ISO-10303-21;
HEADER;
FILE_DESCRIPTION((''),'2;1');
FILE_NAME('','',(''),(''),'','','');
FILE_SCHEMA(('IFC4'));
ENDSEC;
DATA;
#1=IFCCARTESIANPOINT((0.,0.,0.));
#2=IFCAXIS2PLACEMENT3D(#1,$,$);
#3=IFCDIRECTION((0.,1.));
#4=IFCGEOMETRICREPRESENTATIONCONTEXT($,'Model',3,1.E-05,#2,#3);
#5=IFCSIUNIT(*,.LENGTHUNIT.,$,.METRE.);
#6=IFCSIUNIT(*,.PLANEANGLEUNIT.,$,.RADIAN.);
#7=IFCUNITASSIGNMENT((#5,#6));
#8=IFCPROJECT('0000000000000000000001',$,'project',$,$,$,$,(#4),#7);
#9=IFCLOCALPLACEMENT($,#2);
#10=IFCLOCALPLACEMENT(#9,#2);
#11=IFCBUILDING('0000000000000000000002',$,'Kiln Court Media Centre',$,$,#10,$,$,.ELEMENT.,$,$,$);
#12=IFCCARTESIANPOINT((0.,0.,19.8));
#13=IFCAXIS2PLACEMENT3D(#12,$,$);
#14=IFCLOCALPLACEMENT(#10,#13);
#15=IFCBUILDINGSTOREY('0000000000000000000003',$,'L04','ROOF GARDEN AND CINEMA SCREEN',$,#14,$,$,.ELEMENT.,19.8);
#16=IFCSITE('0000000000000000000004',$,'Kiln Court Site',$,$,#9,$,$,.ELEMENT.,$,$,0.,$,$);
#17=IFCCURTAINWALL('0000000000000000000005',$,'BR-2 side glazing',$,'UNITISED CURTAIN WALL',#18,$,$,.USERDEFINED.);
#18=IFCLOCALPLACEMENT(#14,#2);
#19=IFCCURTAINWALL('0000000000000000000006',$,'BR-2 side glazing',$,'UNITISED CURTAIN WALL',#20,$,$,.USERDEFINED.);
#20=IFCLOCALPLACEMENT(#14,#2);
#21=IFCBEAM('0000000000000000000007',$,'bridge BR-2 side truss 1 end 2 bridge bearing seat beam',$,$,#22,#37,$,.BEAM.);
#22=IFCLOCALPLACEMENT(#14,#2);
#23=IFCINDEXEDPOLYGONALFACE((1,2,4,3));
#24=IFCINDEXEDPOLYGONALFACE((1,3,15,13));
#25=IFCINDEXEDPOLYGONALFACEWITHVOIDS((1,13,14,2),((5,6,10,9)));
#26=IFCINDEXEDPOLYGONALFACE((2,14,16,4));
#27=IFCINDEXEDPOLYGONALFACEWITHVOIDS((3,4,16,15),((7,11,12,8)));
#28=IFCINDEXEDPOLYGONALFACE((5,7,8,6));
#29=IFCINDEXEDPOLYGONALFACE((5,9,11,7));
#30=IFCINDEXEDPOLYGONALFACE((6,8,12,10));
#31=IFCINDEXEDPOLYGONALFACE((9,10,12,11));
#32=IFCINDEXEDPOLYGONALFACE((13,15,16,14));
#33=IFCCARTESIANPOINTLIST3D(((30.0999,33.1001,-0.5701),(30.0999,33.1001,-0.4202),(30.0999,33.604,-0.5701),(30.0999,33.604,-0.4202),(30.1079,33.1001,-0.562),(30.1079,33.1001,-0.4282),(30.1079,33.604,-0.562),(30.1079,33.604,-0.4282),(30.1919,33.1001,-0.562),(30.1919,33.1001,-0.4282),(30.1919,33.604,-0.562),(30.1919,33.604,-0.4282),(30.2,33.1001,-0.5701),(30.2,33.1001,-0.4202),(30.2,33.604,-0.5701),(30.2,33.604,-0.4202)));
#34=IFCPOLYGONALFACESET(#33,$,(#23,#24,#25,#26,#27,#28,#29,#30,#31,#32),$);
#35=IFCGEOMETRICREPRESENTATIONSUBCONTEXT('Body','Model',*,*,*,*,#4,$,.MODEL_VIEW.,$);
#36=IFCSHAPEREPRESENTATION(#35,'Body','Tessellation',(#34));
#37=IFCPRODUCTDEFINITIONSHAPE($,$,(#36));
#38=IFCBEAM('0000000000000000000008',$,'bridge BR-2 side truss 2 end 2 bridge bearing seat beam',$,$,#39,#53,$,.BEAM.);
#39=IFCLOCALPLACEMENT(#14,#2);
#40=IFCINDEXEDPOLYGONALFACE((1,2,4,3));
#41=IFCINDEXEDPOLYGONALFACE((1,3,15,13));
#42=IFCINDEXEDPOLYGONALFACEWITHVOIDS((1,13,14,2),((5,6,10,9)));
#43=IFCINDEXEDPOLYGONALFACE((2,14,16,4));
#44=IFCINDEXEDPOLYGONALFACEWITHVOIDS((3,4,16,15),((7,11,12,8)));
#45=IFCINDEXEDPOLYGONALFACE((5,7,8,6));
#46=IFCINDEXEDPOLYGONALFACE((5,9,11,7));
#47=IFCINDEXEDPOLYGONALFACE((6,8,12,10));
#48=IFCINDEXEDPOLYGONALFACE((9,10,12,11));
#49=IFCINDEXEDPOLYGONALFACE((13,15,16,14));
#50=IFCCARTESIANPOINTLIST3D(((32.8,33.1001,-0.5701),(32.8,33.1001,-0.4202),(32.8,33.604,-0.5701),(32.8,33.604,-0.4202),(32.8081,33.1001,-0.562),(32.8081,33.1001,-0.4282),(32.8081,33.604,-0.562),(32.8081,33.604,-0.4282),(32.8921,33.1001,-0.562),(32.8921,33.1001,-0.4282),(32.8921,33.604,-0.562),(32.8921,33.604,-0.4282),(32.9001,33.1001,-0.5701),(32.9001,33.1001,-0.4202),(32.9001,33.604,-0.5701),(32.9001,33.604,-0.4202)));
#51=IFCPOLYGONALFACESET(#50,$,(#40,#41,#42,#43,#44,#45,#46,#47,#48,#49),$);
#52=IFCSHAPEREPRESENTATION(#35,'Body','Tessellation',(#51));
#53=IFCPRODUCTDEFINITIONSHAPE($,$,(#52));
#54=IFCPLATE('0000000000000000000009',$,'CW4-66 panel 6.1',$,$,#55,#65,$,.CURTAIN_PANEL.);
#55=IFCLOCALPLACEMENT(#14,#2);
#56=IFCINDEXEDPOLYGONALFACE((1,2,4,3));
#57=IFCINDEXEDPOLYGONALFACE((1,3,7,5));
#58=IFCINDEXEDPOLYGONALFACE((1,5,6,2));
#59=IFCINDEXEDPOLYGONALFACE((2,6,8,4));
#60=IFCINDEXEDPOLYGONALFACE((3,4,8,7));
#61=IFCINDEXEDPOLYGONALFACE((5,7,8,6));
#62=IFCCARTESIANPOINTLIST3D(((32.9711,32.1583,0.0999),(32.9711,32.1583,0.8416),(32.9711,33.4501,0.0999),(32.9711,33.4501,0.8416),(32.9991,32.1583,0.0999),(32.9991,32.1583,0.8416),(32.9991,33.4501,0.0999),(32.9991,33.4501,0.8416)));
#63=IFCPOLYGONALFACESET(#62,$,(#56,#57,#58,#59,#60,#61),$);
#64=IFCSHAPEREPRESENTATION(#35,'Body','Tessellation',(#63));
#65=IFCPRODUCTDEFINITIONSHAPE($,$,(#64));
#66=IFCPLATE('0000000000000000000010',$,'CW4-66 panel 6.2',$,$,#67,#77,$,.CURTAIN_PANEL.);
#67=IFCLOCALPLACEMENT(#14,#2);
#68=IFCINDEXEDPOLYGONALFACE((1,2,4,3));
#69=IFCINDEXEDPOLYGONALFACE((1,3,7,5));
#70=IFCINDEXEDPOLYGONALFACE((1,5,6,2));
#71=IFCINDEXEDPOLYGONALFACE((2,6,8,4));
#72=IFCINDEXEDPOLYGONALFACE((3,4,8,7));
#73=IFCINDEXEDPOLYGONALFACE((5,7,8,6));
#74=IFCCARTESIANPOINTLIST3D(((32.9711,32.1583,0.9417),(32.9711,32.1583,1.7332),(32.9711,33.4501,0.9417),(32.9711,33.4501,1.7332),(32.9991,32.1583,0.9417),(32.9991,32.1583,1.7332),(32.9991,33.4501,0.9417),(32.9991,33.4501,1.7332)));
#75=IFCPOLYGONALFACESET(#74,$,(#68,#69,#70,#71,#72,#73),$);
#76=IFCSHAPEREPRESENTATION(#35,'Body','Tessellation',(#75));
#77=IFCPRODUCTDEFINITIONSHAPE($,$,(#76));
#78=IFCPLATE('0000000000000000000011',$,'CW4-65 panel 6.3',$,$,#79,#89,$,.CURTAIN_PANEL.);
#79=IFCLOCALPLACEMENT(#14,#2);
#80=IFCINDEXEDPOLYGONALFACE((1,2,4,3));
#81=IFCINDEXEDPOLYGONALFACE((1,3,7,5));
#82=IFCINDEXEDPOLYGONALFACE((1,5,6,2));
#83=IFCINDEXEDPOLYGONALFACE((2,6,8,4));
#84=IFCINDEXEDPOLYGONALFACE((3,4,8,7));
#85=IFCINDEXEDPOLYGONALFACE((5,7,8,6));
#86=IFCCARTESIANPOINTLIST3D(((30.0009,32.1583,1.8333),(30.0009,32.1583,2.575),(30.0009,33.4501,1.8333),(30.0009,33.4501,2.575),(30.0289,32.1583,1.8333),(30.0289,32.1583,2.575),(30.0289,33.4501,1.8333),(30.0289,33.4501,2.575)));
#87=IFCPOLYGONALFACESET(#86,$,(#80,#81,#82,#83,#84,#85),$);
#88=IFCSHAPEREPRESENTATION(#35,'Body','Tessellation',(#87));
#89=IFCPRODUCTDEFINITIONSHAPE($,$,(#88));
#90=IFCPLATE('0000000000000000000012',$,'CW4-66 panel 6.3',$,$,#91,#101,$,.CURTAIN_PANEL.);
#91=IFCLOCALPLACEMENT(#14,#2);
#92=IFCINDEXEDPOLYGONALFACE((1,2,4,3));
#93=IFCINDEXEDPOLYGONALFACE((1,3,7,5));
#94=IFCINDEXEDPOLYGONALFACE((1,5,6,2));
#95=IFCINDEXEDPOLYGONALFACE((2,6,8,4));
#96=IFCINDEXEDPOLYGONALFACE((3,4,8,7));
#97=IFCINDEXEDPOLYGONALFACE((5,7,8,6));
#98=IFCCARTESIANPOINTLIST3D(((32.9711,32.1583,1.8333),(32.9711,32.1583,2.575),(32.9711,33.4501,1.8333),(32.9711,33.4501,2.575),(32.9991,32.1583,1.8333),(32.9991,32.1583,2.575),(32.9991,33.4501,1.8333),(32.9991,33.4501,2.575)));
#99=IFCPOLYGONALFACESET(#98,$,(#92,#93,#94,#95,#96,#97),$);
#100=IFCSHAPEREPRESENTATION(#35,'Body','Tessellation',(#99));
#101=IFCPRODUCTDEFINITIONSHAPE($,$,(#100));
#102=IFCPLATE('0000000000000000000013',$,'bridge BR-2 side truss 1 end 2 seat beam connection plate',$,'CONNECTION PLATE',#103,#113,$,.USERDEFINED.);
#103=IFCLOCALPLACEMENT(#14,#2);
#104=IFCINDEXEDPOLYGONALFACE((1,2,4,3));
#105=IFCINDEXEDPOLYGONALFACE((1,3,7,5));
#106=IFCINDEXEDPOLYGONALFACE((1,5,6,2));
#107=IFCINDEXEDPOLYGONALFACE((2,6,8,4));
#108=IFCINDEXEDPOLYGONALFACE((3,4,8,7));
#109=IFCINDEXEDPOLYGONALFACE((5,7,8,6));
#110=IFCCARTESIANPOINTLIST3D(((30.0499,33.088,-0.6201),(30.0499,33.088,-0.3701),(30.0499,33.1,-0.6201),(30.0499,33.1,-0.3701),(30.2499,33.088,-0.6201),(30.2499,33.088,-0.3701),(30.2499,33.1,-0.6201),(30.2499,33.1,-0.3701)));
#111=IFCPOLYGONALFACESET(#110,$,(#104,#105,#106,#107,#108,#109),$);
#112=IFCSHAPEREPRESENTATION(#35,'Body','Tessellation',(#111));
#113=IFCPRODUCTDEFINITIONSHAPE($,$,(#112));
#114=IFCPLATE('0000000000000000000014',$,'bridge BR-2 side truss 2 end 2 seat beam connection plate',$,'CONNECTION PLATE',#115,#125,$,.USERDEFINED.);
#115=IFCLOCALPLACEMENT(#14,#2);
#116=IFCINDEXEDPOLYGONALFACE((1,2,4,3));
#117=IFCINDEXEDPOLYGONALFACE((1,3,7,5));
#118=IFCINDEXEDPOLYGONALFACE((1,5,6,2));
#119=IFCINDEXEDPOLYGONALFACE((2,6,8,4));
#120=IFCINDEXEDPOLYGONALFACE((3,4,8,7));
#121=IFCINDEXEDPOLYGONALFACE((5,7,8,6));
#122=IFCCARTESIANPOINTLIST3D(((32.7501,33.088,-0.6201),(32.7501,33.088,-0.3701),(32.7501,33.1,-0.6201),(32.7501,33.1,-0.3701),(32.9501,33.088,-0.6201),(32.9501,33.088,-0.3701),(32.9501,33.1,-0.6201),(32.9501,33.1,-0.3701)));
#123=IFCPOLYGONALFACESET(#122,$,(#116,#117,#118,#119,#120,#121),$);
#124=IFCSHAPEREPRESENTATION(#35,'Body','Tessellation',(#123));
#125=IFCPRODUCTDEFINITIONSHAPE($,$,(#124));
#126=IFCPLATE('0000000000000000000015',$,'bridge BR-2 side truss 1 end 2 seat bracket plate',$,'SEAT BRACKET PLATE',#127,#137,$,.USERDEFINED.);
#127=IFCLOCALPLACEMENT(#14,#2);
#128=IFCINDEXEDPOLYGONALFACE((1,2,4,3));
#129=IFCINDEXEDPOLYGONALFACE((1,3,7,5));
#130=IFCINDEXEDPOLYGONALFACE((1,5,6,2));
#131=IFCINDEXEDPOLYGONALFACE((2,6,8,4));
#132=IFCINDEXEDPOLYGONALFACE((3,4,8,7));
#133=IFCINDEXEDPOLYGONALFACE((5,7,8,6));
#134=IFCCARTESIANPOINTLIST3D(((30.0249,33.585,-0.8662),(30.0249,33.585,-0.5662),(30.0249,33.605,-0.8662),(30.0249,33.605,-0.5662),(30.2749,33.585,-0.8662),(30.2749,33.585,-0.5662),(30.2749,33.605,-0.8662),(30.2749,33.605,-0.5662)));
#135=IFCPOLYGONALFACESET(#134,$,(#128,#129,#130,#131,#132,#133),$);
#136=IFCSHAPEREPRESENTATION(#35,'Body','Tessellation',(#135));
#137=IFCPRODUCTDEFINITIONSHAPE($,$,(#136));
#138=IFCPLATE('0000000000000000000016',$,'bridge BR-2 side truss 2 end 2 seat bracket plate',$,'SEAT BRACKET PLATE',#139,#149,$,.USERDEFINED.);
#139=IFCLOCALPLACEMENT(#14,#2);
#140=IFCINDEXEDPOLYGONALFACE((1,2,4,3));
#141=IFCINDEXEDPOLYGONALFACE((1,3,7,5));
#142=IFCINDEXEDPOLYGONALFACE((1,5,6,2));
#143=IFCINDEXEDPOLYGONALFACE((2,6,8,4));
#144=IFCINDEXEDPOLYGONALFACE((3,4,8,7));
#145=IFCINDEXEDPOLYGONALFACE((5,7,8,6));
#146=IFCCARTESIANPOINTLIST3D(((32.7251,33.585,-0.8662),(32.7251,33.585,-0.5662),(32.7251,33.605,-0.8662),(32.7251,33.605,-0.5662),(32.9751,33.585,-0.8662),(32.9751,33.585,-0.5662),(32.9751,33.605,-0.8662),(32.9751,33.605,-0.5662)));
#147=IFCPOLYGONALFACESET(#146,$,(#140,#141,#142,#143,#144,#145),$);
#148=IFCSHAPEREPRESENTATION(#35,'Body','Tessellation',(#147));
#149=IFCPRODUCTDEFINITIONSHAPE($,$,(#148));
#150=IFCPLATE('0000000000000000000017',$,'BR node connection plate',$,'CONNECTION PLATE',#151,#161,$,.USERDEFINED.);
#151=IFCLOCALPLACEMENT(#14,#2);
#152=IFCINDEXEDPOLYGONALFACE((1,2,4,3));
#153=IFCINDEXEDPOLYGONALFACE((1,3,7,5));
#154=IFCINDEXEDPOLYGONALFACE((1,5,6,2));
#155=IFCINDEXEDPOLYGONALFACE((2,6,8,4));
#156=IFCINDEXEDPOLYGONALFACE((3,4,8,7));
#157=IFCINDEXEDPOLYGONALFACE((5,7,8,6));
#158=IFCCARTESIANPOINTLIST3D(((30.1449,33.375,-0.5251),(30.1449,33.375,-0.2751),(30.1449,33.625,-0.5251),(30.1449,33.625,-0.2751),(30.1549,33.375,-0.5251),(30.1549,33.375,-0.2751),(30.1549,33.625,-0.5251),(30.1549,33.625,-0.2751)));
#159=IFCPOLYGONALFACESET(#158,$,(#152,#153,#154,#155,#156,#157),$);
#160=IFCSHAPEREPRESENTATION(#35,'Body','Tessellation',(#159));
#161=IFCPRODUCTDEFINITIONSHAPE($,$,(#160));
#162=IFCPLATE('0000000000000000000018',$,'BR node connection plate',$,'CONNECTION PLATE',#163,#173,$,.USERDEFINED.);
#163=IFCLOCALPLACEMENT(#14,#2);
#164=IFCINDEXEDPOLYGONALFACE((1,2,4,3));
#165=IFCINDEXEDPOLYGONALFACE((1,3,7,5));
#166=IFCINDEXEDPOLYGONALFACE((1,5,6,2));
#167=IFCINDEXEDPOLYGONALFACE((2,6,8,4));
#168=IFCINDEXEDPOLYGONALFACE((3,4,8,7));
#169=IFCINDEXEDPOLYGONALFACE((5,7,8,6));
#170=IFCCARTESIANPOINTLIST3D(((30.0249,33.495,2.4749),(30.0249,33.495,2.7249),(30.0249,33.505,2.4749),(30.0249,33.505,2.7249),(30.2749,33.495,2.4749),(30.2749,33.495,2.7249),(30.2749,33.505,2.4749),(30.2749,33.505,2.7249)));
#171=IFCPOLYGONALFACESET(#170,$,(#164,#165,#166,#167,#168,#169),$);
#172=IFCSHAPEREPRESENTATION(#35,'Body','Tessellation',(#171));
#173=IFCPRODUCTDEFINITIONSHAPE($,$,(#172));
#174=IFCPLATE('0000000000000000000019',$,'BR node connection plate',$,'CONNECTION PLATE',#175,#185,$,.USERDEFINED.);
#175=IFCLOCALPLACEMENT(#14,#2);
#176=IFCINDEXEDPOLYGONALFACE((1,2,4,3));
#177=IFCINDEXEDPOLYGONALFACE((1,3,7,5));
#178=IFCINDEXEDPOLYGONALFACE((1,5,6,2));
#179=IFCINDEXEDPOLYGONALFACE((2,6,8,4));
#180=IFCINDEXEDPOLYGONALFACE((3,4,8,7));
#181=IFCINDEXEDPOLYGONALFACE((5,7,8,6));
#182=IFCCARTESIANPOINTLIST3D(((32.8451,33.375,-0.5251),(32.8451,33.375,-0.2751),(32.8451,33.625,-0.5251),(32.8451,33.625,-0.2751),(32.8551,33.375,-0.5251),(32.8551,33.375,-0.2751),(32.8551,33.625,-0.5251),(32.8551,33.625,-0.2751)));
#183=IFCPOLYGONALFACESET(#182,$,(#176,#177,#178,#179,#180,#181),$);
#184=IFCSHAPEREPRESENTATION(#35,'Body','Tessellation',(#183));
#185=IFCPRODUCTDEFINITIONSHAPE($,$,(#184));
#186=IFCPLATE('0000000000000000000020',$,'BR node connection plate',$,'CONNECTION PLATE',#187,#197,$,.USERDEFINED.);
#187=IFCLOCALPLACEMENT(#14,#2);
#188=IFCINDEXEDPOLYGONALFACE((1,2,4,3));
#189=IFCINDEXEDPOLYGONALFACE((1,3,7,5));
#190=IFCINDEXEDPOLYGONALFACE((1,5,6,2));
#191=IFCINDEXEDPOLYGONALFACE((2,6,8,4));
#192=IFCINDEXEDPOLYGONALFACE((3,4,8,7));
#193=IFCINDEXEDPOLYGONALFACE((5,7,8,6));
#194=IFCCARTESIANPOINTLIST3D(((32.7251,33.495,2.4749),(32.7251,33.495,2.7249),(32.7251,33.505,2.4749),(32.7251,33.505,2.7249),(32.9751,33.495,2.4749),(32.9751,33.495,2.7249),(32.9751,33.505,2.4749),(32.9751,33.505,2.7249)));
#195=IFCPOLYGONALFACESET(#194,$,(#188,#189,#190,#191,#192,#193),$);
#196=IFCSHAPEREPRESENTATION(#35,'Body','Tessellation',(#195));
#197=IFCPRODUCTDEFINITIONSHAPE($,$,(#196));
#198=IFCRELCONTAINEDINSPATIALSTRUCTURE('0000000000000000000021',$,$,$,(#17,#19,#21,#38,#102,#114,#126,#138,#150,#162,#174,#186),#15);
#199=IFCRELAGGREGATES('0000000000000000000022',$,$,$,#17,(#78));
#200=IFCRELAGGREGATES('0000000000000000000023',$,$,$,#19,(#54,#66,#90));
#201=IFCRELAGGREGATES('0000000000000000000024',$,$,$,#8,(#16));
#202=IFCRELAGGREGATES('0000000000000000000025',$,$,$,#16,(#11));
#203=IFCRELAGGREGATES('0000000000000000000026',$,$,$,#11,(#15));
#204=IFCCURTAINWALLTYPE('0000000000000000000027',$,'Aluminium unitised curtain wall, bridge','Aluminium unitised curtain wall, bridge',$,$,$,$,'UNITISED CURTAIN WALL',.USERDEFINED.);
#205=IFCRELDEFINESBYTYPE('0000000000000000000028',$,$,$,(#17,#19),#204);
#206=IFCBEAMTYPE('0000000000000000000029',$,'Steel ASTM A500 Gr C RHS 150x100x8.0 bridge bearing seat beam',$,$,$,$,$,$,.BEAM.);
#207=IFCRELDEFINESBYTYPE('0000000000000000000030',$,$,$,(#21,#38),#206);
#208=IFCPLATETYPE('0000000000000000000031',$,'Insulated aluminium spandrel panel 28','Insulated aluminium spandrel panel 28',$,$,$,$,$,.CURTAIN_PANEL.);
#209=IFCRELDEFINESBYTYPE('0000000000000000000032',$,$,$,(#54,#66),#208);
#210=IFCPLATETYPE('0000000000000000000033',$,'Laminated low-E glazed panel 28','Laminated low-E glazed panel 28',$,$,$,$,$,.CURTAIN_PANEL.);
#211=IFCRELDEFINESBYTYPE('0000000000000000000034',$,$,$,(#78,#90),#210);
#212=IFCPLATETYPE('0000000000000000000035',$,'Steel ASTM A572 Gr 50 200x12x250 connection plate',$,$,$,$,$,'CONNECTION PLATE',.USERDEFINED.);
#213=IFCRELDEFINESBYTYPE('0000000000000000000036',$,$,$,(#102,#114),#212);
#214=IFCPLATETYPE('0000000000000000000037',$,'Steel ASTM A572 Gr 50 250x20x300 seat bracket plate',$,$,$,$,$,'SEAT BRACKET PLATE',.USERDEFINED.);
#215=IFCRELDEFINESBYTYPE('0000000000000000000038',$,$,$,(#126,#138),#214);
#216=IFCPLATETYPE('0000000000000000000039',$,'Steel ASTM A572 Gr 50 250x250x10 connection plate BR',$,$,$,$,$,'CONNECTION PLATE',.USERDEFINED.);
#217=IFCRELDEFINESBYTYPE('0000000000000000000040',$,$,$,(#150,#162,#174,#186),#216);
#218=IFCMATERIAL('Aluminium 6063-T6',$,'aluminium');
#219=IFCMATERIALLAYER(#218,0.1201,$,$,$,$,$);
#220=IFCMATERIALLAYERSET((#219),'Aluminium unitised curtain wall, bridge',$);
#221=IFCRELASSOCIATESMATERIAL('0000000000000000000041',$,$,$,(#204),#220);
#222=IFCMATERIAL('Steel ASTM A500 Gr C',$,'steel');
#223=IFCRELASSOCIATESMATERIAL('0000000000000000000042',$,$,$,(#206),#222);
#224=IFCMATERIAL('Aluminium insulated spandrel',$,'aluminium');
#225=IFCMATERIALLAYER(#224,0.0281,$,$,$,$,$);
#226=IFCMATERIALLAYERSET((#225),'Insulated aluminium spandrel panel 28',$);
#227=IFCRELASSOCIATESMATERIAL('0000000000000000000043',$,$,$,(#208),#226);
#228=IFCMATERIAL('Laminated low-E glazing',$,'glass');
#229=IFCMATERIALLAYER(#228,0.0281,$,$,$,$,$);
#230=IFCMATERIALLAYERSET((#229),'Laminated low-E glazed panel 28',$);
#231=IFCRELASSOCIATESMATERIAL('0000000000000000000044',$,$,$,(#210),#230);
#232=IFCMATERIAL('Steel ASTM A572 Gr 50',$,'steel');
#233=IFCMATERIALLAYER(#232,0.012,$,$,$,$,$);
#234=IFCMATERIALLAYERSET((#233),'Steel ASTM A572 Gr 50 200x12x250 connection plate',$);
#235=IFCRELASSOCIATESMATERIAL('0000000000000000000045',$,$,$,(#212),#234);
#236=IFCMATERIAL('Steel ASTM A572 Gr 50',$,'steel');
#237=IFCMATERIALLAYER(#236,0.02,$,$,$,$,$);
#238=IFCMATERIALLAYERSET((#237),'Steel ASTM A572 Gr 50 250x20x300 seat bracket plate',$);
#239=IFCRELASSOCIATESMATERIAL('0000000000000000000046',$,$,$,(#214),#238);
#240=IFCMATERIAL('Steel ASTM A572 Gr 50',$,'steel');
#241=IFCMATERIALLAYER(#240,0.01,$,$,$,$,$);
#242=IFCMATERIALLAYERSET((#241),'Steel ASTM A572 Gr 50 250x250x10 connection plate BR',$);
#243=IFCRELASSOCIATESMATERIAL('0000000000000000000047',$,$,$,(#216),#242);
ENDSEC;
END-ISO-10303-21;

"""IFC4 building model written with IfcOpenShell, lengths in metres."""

from ifc_helpers import new_model, si_unit, direction, frame, origin, origin_2d, place, context, subcontext, project, spatial, rectangle, hollow_rectangle, extrude, material, layer, layer_set, material_profile, profile_set, type_object, element, aggregate, save


model = new_model("IFC4")

# Units and contexts
model_context = context("Model", 3, precision=1e-05, world=origin(), true_north=direction((0.0, 1.0)))
body_context = subcontext(model_context, "Body", "Model", "MODEL_VIEW")
ifc_project = project(units=[si_unit("LENGTHUNIT", "METRE"), si_unit("PLANEANGLEUNIT", "RADIAN")], contexts=[model_context])

# Site, building, storey
site_placement = place(None, origin())
site = spatial("IfcSite", under=ifc_project, at=site_placement, Name="Kiln Court Site", CompositionType="ELEMENT", RefElevation=0.0)
building_placement = place(site_placement, origin())
building = spatial("IfcBuilding", under=site, at=building_placement, Name="Kiln Court Media Centre", CompositionType="ELEMENT")
storey_placement = place(building_placement, frame((0.0, 0.0, 19.8)))
storey = spatial("IfcBuildingStorey", under=building, at=storey_placement, Name="L04", Description="ROOF GARDEN AND CINEMA SCREEN", CompositionType="ELEMENT", Elevation=19.8)

# Curtain wall
ifc_material_1 = material(Name="Aluminium 6063-T6", Category="aluminium")
ifc_layer_1 = layer(ifc_material_1, 0.1201)
ifc_layer_set_1 = layer_set([ifc_layer_1], Name="Aluminium unitised curtain wall, bridge")
curtain_wall_type_1 = type_object("IfcCurtainWallType", Name="Aluminium unitised curtain wall, bridge", Description="Aluminium unitised curtain wall, bridge", ElementType="UNITISED CURTAIN WALL", PredefinedType="USERDEFINED", material=ifc_layer_set_1)
curtain_wall_1_placement = place(storey_placement, origin())
curtain_wall_1 = element("IfcCurtainWall", 1, at=curtain_wall_1_placement, inside=storey, type_object=curtain_wall_type_1, Name="BR-2 side glazing", ObjectType="UNITISED CURTAIN WALL", PredefinedType="USERDEFINED")

# Curtain wall
curtain_wall_2_placement = place(storey_placement, origin())
curtain_wall_2 = element("IfcCurtainWall", 2, at=curtain_wall_2_placement, inside=storey, type_object=curtain_wall_type_1, Name="BR-2 side glazing", ObjectType="UNITISED CURTAIN WALL", PredefinedType="USERDEFINED")

# Beams
ifc_material_2 = material(Name="Steel ASTM A500 Gr C", Category="steel")
ifc_material_profile_1 = material_profile(ifc_material_2, hollow_rectangle(XDim=0.1001, YDim=0.1499, WallThickness=0.0081, at=origin_2d()), Name="RHS 150x100x8.0")
ifc_profile_set_1 = profile_set([ifc_material_profile_1], Name="Steel ASTM A500 Gr C")
beam_type_1 = type_object("IfcBeamType", Name="Steel ASTM A500 Gr C RHS 150x100x8.0 bridge bearing seat beam", PredefinedType="BEAM", material=ifc_profile_set_1)
for number, where, z_axis, x_axis, name in (
    (3, (30.1499, 33.604, -0.4951), (0.0, -1.0, 0.0), (1.0, 0.0, 0.0), "bridge BR-2 side truss 1 end 2 bridge bearing seat beam"),
    (4, (32.8501, 33.604, -0.4951), (0.0, -1.0, 0.0), (1.0, 0.0, 0.0), "bridge BR-2 side truss 2 end 2 bridge bearing seat beam"),
):
    element("IfcBeam", number, at=place(storey_placement, frame(where, z_axis=z_axis, x_axis=x_axis)), inside=storey, type_object=beam_type_1, Name=name, PredefinedType="BEAM", context=body_context, shape_type="SweptSolid", body=[
        extrude(hollow_rectangle(XDim=0.1001, YDim=0.1499, WallThickness=0.0081, at=origin_2d()), origin(), (0.0, 0.0, 1.0), 0.5039),
    ])

# Plates
ifc_material_3 = material(Name="Aluminium insulated spandrel", Category="aluminium")
ifc_layer_2 = layer(ifc_material_3, 0.0281)
ifc_layer_set_2 = layer_set([ifc_layer_2], Name="Insulated aluminium spandrel panel 28")
plate_type_1 = type_object("IfcPlateType", Name="Insulated aluminium spandrel panel 28", Description="Insulated aluminium spandrel panel 28", PredefinedType="CURTAIN_PANEL", material=ifc_layer_set_2)
plate_1_placement = place(storey_placement, frame((32.9851, 32.8042, 0.0999), z_axis=(0.0, 0.0, 1.0), x_axis=(0.0, 1.0, 0.0)))
plate_1 = element("IfcPlate", 5, at=plate_1_placement, type_object=plate_type_1, Name="CW4-66 panel 6.1", PredefinedType="CURTAIN_PANEL", context=body_context, shape_type="SweptSolid", body=[
    extrude(rectangle(XDim=1.2917, YDim=0.0281, at=origin_2d()), origin(), (0.0, 0.0, 1.0), 0.7417),
])
plate_2_placement = place(storey_placement, frame((32.9851, 32.8042, 0.9417), z_axis=(0.0, 0.0, 1.0), x_axis=(0.0, 1.0, 0.0)))
plate_2 = element("IfcPlate", 6, at=plate_2_placement, type_object=plate_type_1, Name="CW4-66 panel 6.2", PredefinedType="CURTAIN_PANEL", context=body_context, shape_type="SweptSolid", body=[
    extrude(rectangle(XDim=1.2917, YDim=0.0281, at=origin_2d()), origin(), (0.0, 0.0, 1.0), 0.7915),
])
ifc_material_4 = material(Name="Laminated low-E glazing", Category="glass")
ifc_layer_3 = layer(ifc_material_4, 0.0281)
ifc_layer_set_3 = layer_set([ifc_layer_3], Name="Laminated low-E glazed panel 28")
plate_type_2 = type_object("IfcPlateType", Name="Laminated low-E glazed panel 28", Description="Laminated low-E glazed panel 28", PredefinedType="CURTAIN_PANEL", material=ifc_layer_set_3)
plate_3_placement = place(storey_placement, frame((30.0149, 32.8042, 1.8333), z_axis=(0.0, 0.0, 1.0), x_axis=(0.0, 1.0, 0.0)))
plate_3 = element("IfcPlate", 7, at=plate_3_placement, type_object=plate_type_2, Name="CW4-65 panel 6.3", PredefinedType="CURTAIN_PANEL", context=body_context, shape_type="SweptSolid", body=[
    extrude(rectangle(XDim=1.2917, YDim=0.0281, at=origin_2d()), origin(), (0.0, 0.0, 1.0), 0.7417),
])
aggregate(curtain_wall_1, [plate_3])
plate_4_placement = place(storey_placement, frame((32.9851, 32.8042, 1.8333), z_axis=(0.0, 0.0, 1.0), x_axis=(0.0, 1.0, 0.0)))
plate_4 = element("IfcPlate", 8, at=plate_4_placement, type_object=plate_type_2, Name="CW4-66 panel 6.3", PredefinedType="CURTAIN_PANEL", context=body_context, shape_type="SweptSolid", body=[
    extrude(rectangle(XDim=1.2917, YDim=0.0281, at=origin_2d()), origin(), (0.0, 0.0, 1.0), 0.7417),
])
aggregate(curtain_wall_2, [plate_1, plate_2, plate_4])

# Plates
ifc_material_5 = material(Name="Steel ASTM A572 Gr 50", Category="steel")
ifc_layer_4 = layer(ifc_material_5, 0.012)
ifc_layer_set_4 = layer_set([ifc_layer_4], Name="Steel ASTM A572 Gr 50 200x12x250 connection plate")
plate_type_3 = type_object("IfcPlateType", Name="Steel ASTM A572 Gr 50 200x12x250 connection plate", ElementType="CONNECTION PLATE", PredefinedType="USERDEFINED", material=ifc_layer_set_4)
for number, where, z_axis, x_axis, name in (
    (9, (30.1499, 33.094, -0.6201), (0.0, 0.0, 1.0), (1.0, 0.0, 0.0), "bridge BR-2 side truss 1 end 2 seat beam connection plate"),
    (10, (32.8501, 33.094, -0.6201), (0.0, 0.0, 1.0), (1.0, 0.0, 0.0), "bridge BR-2 side truss 2 end 2 seat beam connection plate"),
):
    element("IfcPlate", number, at=place(storey_placement, frame(where, z_axis=z_axis, x_axis=x_axis)), inside=storey, type_object=plate_type_3, Name=name, ObjectType="CONNECTION PLATE", PredefinedType="USERDEFINED", context=body_context, shape_type="SweptSolid", body=[
        extrude(rectangle(XDim=0.2, YDim=0.012, at=origin_2d()), origin(), (0.0, 0.0, 1.0), 0.25),
    ])
ifc_material_6 = material(Name="Steel ASTM A572 Gr 50", Category="steel")
ifc_layer_5 = layer(ifc_material_6, 0.02)
ifc_layer_set_5 = layer_set([ifc_layer_5], Name="Steel ASTM A572 Gr 50 250x20x300 seat bracket plate")
plate_type_4 = type_object("IfcPlateType", Name="Steel ASTM A572 Gr 50 250x20x300 seat bracket plate", ElementType="SEAT BRACKET PLATE", PredefinedType="USERDEFINED", material=ifc_layer_set_5)
for number, where, z_axis, x_axis, name in (
    (11, (30.1499, 33.595, -0.8662), (0.0, 0.0, 1.0), (1.0, 0.0, 0.0), "bridge BR-2 side truss 1 end 2 seat bracket plate"),
    (12, (32.8501, 33.595, -0.8662), (0.0, 0.0, 1.0), (1.0, 0.0, 0.0), "bridge BR-2 side truss 2 end 2 seat bracket plate"),
):
    element("IfcPlate", number, at=place(storey_placement, frame(where, z_axis=z_axis, x_axis=x_axis)), inside=storey, type_object=plate_type_4, Name=name, ObjectType="SEAT BRACKET PLATE", PredefinedType="USERDEFINED", context=body_context, shape_type="SweptSolid", body=[
        extrude(rectangle(XDim=0.25, YDim=0.02, at=origin_2d()), origin(), (0.0, 0.0, 1.0), 0.3),
    ])
ifc_material_7 = material(Name="Steel ASTM A572 Gr 50", Category="steel")
ifc_layer_6 = layer(ifc_material_7, 0.01)
ifc_layer_set_6 = layer_set([ifc_layer_6], Name="Steel ASTM A572 Gr 50 250x250x10 connection plate BR")
plate_type_5 = type_object("IfcPlateType", Name="Steel ASTM A572 Gr 50 250x250x10 connection plate BR", ElementType="CONNECTION PLATE", PredefinedType="USERDEFINED", material=ifc_layer_set_6)
plate_5_placement = place(storey_placement, frame((30.1499, 33.5, -0.5251), z_axis=(0.0, 0.0, 1.0), x_axis=(1.0, 0.0, 0.0)))
element("IfcPlate", 13, at=plate_5_placement, inside=storey, type_object=plate_type_5, Name="BR node connection plate", ObjectType="CONNECTION PLATE", PredefinedType="USERDEFINED", context=body_context, shape_type="SweptSolid", body=[
    extrude(rectangle(XDim=0.01, YDim=0.25, at=origin_2d()), origin(), (0.0, 0.0, 1.0), 0.25),
])
plate_6_placement = place(storey_placement, frame((30.1499, 33.5, 2.4749), z_axis=(0.0, 0.0, 1.0), x_axis=(1.0, 0.0, 0.0)))
element("IfcPlate", 14, at=plate_6_placement, inside=storey, type_object=plate_type_5, Name="BR node connection plate", ObjectType="CONNECTION PLATE", PredefinedType="USERDEFINED", context=body_context, shape_type="SweptSolid", body=[
    extrude(rectangle(XDim=0.25, YDim=0.01, at=origin_2d()), origin(), (0.0, 0.0, 1.0), 0.25),
])
plate_7_placement = place(storey_placement, frame((32.8501, 33.5, -0.5251), z_axis=(0.0, 0.0, 1.0), x_axis=(1.0, 0.0, 0.0)))
element("IfcPlate", 15, at=plate_7_placement, inside=storey, type_object=plate_type_5, Name="BR node connection plate", ObjectType="CONNECTION PLATE", PredefinedType="USERDEFINED", context=body_context, shape_type="SweptSolid", body=[
    extrude(rectangle(XDim=0.01, YDim=0.25, at=origin_2d()), origin(), (0.0, 0.0, 1.0), 0.25),
])
plate_8_placement = place(storey_placement, frame((32.8501, 33.5, 2.4749), z_axis=(0.0, 0.0, 1.0), x_axis=(1.0, 0.0, 0.0)))
element("IfcPlate", 16, at=plate_8_placement, inside=storey, type_object=plate_type_5, Name="BR node connection plate", ObjectType="CONNECTION PLATE", PredefinedType="USERDEFINED", context=body_context, shape_type="SweptSolid", body=[
    extrude(rectangle(XDim=0.25, YDim=0.01, at=origin_2d()), origin(), (0.0, 0.0, 1.0), 0.25),
])

save(model, "model.ifc")
